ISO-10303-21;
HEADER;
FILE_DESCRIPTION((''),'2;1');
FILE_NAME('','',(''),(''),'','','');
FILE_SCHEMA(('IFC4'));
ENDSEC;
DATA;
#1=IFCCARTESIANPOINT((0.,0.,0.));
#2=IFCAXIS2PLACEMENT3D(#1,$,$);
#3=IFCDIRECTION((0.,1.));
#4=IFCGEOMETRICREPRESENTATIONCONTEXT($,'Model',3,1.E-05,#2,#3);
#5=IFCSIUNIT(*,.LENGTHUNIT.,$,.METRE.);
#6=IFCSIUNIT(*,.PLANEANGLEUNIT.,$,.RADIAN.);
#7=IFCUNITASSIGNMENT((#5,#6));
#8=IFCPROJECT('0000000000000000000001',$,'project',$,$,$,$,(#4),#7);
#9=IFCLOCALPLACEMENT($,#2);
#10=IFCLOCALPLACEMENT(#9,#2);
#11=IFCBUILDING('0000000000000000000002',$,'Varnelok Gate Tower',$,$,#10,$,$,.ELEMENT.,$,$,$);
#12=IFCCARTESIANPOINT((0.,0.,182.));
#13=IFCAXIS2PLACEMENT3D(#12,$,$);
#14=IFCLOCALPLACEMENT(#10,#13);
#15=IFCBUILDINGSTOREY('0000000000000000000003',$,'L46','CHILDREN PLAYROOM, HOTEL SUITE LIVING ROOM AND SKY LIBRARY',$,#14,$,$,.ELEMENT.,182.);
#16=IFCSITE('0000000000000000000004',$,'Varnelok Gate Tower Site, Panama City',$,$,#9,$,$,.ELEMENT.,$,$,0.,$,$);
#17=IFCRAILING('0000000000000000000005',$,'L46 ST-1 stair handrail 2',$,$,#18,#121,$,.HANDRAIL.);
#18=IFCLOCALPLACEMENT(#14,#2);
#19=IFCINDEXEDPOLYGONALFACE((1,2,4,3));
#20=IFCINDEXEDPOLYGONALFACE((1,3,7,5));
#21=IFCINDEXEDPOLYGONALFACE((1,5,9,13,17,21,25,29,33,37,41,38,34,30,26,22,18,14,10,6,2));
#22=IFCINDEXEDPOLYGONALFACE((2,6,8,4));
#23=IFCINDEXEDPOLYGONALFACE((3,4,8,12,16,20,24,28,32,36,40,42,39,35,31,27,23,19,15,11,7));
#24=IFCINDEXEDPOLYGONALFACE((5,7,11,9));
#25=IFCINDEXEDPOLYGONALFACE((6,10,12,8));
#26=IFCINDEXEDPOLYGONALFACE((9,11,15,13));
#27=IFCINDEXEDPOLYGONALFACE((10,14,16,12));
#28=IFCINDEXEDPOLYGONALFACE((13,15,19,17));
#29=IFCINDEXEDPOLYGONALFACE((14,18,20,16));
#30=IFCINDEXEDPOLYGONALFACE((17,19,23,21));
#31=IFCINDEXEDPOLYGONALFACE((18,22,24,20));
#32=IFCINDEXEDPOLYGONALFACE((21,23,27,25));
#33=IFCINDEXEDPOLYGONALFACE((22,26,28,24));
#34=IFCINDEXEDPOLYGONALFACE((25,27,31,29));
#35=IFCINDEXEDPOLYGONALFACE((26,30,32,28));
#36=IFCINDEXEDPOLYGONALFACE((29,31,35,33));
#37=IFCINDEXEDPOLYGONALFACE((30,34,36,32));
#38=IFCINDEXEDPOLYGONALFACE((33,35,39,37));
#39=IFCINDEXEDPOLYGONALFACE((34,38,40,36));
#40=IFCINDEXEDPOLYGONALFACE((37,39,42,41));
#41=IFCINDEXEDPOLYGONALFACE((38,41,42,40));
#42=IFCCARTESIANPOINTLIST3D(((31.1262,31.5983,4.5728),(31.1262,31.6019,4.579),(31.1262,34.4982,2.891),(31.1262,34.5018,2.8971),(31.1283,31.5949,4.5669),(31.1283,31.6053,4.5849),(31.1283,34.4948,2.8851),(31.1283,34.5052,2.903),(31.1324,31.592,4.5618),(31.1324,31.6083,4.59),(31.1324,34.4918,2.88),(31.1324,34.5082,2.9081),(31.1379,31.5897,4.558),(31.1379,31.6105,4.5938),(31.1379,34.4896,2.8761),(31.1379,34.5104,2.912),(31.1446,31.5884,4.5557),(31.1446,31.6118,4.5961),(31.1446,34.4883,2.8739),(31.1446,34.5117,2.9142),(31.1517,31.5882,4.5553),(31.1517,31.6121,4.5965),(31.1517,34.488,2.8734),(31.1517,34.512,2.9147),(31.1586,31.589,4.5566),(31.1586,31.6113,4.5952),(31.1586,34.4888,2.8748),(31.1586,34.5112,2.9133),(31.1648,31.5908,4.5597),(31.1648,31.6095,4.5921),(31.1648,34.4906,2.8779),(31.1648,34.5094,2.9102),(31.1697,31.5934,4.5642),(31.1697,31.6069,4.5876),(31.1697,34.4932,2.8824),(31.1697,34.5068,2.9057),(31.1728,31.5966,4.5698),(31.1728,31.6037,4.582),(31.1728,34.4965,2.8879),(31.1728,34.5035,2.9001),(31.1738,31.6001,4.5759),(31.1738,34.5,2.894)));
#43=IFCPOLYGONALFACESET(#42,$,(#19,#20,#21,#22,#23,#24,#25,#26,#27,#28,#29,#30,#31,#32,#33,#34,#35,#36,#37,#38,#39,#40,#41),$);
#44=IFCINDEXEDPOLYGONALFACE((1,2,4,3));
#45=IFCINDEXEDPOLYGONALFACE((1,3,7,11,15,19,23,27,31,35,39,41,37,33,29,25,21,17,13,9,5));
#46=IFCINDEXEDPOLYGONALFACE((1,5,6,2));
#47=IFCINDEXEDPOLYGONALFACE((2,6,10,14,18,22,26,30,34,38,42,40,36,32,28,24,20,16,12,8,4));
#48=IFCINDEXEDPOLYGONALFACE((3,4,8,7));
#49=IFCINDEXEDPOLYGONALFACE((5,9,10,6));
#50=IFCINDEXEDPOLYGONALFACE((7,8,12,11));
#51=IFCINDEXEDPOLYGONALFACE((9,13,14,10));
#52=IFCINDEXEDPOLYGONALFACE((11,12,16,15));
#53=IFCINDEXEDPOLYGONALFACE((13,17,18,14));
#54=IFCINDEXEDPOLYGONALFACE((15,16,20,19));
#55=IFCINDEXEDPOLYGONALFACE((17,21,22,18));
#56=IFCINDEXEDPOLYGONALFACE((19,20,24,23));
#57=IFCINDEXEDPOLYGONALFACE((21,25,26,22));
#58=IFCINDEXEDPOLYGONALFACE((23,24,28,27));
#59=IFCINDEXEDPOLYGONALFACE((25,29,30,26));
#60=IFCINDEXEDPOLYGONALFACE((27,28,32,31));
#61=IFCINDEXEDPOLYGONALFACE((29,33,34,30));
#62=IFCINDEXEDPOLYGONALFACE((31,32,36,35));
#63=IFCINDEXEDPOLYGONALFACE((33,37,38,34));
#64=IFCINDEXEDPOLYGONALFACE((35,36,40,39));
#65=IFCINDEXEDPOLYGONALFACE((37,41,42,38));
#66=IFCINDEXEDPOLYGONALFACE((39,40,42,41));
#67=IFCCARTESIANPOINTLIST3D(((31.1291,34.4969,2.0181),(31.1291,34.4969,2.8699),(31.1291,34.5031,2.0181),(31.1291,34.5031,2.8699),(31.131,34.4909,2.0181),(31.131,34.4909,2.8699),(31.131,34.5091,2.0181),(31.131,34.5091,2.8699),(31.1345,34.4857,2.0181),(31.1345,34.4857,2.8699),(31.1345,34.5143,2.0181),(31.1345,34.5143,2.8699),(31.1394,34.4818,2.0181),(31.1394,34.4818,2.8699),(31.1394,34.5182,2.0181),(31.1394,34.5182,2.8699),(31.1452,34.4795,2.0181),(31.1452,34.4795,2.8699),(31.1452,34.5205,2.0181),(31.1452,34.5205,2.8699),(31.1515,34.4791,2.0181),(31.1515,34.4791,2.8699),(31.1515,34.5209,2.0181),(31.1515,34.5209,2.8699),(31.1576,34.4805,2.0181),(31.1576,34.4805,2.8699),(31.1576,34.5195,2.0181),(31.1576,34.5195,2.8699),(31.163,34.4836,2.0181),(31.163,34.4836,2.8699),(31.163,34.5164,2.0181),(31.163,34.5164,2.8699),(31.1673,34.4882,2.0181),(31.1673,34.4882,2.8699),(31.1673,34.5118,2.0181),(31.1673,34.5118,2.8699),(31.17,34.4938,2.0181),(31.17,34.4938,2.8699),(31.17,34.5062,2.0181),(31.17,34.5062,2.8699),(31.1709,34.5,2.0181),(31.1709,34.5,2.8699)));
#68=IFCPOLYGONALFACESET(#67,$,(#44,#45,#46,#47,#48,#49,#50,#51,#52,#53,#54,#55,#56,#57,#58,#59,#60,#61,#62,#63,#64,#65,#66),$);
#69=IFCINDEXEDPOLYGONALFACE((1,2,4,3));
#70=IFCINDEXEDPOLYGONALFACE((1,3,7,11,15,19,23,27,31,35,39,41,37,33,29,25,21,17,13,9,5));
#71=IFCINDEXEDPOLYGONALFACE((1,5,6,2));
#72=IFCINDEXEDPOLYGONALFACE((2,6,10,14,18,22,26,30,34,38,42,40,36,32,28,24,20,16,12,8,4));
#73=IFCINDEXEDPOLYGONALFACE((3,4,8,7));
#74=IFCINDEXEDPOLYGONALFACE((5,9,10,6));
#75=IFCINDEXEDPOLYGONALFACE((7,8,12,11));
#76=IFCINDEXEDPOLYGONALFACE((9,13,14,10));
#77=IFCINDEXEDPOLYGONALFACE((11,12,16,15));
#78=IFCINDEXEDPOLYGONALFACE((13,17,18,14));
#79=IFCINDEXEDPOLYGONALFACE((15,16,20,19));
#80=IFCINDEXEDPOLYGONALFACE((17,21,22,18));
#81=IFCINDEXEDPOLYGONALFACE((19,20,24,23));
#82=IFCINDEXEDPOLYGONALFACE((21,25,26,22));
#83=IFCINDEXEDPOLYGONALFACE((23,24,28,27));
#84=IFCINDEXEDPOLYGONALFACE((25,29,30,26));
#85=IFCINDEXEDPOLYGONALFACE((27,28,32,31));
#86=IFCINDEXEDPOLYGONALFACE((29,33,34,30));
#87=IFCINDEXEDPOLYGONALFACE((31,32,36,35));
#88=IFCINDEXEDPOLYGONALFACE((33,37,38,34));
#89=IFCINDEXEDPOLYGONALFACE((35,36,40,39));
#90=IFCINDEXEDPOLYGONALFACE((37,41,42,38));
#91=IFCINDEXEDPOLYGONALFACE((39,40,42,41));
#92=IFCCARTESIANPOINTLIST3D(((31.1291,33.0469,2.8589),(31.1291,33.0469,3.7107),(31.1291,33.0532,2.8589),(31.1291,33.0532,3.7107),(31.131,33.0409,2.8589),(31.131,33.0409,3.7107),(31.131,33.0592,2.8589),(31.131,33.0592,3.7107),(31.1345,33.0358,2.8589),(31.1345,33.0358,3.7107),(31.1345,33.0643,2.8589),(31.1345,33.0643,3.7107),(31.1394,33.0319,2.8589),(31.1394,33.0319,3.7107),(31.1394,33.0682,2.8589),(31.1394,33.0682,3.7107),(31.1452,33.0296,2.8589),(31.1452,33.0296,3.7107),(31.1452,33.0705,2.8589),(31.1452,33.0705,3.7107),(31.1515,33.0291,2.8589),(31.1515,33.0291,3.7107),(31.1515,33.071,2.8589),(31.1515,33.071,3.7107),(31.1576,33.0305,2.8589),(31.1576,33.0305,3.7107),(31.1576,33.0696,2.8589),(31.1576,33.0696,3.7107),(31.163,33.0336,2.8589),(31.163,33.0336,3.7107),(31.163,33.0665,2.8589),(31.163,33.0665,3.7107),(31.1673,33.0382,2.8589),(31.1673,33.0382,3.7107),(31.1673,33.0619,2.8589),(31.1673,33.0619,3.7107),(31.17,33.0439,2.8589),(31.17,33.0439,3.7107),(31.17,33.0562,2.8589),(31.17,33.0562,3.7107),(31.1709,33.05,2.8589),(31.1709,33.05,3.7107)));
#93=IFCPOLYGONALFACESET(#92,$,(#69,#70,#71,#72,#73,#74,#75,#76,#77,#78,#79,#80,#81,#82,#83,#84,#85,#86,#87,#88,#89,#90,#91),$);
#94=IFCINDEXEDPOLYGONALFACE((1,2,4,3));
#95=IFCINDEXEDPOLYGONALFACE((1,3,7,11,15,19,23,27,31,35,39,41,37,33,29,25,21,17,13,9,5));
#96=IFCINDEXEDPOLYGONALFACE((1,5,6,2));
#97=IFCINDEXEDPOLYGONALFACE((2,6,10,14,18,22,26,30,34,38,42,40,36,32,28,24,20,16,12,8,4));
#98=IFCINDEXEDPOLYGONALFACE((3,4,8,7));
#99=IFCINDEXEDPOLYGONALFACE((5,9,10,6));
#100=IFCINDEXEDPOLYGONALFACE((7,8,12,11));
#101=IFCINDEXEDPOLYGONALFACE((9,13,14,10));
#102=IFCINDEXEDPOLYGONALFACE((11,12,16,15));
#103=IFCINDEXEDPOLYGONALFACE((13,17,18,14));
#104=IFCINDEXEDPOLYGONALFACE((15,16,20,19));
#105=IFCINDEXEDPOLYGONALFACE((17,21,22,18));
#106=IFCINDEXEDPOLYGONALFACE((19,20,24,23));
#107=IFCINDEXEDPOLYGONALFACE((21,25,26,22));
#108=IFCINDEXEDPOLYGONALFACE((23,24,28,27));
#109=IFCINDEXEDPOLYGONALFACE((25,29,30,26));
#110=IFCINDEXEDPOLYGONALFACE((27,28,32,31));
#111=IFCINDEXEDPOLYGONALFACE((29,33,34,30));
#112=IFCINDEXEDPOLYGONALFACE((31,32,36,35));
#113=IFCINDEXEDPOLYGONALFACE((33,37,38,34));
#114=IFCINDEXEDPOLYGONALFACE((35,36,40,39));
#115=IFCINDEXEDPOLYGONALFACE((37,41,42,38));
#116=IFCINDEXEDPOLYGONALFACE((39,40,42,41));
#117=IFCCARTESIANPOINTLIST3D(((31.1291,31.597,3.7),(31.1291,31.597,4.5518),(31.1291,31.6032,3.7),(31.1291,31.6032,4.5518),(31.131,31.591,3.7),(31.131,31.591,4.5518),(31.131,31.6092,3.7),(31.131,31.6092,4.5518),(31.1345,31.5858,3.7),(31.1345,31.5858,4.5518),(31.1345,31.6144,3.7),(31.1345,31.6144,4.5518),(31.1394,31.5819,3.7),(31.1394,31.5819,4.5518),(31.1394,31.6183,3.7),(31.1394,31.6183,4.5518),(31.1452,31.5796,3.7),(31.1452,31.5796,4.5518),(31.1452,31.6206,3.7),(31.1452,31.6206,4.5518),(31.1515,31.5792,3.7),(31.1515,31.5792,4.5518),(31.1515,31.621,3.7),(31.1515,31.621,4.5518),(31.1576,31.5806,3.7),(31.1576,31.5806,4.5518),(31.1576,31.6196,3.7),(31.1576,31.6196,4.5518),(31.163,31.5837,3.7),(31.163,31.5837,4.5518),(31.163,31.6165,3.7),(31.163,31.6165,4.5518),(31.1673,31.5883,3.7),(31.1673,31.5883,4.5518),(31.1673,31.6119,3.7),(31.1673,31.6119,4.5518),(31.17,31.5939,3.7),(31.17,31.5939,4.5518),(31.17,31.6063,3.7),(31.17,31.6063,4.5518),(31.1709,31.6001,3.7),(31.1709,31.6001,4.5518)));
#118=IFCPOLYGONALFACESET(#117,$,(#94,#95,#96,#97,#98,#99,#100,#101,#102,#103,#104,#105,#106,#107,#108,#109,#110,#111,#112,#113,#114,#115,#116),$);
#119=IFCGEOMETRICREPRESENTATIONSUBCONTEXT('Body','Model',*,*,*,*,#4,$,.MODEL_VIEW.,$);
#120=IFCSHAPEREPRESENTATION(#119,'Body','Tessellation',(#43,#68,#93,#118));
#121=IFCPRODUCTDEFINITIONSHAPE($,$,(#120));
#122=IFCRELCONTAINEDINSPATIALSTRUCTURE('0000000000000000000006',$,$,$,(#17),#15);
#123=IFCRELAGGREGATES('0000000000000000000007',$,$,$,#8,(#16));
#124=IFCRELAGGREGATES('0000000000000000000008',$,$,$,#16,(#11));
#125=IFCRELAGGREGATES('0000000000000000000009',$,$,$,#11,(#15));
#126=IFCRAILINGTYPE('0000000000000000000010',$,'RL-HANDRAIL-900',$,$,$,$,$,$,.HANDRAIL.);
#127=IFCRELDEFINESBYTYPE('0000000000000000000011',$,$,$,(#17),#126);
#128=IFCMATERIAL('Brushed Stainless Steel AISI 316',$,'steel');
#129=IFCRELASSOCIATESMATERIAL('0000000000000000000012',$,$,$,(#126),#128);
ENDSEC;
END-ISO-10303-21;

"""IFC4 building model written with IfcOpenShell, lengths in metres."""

from ifc_helpers import new_model, si_unit, direction, frame, origin, origin_2d, place, context, subcontext, project, spatial, circle, extrude, material, type_object, element, save


model = new_model("IFC4")

# Units and contexts
model_context = context("Model", 3, precision=1e-05, world=origin(), true_north=direction((0.0, 1.0)))
body_context = subcontext(model_context, "Body", "Model", "MODEL_VIEW")
ifc_project = project(units=[si_unit("LENGTHUNIT", "METRE"), si_unit("PLANEANGLEUNIT", "RADIAN")], contexts=[model_context])

# Site, building, storey
site_placement = place(None, origin())
site = spatial("IfcSite", under=ifc_project, at=site_placement, Name="Varnelok Gate Tower Site, Panama City", CompositionType="ELEMENT", RefElevation=0.0)
building_placement = place(site_placement, origin())
building = spatial("IfcBuilding", under=site, at=building_placement, Name="Varnelok Gate Tower", CompositionType="ELEMENT")
storey_placement = place(building_placement, frame((0.0, 0.0, 182.0)))
storey = spatial("IfcBuildingStorey", under=building, at=storey_placement, Name="L46", Description="CHILDREN PLAYROOM, HOTEL SUITE LIVING ROOM AND SKY LIBRARY", CompositionType="ELEMENT", Elevation=182.0)

# Railing
ifc_material_1 = material(Name="Brushed Stainless Steel AISI 316", Category="steel")
railing_type_1 = type_object("IfcRailingType", Name="RL-HANDRAIL-900", PredefinedType="HANDRAIL", material=ifc_material_1)
railing_1_placement = place(storey_placement, frame((31.1499, 34.5, 2.0181)))
element("IfcRailing", 1, at=railing_1_placement, inside=storey, type_object=railing_type_1, Name="L46 ST-1 stair handrail 2", PredefinedType="HANDRAIL", context=body_context, shape_type="SweptSolid", body=[
    extrude(circle(Radius=0.0239, at=origin_2d()), frame((0.0, 0.0, 0.876), z_axis=(0.0, -0.865039, 0.501705), x_axis=(1.0, 0.0, 0.0)), (0.0, 0.0, 1.0), 3.3523),
    extrude(circle(Radius=0.021, at=origin_2d()), origin(), (0.0, 0.0, 1.0), 0.8518),
    extrude(circle(Radius=0.021, at=origin_2d()), frame((0.0, -1.45, 0.8408)), (0.0, 0.0, 1.0), 0.8518),
    extrude(circle(Radius=0.021, at=origin_2d()), frame((0.0, -2.8999, 1.6819)), (0.0, 0.0, 1.0), 0.8518),
])

save(model, "model.ifc")
